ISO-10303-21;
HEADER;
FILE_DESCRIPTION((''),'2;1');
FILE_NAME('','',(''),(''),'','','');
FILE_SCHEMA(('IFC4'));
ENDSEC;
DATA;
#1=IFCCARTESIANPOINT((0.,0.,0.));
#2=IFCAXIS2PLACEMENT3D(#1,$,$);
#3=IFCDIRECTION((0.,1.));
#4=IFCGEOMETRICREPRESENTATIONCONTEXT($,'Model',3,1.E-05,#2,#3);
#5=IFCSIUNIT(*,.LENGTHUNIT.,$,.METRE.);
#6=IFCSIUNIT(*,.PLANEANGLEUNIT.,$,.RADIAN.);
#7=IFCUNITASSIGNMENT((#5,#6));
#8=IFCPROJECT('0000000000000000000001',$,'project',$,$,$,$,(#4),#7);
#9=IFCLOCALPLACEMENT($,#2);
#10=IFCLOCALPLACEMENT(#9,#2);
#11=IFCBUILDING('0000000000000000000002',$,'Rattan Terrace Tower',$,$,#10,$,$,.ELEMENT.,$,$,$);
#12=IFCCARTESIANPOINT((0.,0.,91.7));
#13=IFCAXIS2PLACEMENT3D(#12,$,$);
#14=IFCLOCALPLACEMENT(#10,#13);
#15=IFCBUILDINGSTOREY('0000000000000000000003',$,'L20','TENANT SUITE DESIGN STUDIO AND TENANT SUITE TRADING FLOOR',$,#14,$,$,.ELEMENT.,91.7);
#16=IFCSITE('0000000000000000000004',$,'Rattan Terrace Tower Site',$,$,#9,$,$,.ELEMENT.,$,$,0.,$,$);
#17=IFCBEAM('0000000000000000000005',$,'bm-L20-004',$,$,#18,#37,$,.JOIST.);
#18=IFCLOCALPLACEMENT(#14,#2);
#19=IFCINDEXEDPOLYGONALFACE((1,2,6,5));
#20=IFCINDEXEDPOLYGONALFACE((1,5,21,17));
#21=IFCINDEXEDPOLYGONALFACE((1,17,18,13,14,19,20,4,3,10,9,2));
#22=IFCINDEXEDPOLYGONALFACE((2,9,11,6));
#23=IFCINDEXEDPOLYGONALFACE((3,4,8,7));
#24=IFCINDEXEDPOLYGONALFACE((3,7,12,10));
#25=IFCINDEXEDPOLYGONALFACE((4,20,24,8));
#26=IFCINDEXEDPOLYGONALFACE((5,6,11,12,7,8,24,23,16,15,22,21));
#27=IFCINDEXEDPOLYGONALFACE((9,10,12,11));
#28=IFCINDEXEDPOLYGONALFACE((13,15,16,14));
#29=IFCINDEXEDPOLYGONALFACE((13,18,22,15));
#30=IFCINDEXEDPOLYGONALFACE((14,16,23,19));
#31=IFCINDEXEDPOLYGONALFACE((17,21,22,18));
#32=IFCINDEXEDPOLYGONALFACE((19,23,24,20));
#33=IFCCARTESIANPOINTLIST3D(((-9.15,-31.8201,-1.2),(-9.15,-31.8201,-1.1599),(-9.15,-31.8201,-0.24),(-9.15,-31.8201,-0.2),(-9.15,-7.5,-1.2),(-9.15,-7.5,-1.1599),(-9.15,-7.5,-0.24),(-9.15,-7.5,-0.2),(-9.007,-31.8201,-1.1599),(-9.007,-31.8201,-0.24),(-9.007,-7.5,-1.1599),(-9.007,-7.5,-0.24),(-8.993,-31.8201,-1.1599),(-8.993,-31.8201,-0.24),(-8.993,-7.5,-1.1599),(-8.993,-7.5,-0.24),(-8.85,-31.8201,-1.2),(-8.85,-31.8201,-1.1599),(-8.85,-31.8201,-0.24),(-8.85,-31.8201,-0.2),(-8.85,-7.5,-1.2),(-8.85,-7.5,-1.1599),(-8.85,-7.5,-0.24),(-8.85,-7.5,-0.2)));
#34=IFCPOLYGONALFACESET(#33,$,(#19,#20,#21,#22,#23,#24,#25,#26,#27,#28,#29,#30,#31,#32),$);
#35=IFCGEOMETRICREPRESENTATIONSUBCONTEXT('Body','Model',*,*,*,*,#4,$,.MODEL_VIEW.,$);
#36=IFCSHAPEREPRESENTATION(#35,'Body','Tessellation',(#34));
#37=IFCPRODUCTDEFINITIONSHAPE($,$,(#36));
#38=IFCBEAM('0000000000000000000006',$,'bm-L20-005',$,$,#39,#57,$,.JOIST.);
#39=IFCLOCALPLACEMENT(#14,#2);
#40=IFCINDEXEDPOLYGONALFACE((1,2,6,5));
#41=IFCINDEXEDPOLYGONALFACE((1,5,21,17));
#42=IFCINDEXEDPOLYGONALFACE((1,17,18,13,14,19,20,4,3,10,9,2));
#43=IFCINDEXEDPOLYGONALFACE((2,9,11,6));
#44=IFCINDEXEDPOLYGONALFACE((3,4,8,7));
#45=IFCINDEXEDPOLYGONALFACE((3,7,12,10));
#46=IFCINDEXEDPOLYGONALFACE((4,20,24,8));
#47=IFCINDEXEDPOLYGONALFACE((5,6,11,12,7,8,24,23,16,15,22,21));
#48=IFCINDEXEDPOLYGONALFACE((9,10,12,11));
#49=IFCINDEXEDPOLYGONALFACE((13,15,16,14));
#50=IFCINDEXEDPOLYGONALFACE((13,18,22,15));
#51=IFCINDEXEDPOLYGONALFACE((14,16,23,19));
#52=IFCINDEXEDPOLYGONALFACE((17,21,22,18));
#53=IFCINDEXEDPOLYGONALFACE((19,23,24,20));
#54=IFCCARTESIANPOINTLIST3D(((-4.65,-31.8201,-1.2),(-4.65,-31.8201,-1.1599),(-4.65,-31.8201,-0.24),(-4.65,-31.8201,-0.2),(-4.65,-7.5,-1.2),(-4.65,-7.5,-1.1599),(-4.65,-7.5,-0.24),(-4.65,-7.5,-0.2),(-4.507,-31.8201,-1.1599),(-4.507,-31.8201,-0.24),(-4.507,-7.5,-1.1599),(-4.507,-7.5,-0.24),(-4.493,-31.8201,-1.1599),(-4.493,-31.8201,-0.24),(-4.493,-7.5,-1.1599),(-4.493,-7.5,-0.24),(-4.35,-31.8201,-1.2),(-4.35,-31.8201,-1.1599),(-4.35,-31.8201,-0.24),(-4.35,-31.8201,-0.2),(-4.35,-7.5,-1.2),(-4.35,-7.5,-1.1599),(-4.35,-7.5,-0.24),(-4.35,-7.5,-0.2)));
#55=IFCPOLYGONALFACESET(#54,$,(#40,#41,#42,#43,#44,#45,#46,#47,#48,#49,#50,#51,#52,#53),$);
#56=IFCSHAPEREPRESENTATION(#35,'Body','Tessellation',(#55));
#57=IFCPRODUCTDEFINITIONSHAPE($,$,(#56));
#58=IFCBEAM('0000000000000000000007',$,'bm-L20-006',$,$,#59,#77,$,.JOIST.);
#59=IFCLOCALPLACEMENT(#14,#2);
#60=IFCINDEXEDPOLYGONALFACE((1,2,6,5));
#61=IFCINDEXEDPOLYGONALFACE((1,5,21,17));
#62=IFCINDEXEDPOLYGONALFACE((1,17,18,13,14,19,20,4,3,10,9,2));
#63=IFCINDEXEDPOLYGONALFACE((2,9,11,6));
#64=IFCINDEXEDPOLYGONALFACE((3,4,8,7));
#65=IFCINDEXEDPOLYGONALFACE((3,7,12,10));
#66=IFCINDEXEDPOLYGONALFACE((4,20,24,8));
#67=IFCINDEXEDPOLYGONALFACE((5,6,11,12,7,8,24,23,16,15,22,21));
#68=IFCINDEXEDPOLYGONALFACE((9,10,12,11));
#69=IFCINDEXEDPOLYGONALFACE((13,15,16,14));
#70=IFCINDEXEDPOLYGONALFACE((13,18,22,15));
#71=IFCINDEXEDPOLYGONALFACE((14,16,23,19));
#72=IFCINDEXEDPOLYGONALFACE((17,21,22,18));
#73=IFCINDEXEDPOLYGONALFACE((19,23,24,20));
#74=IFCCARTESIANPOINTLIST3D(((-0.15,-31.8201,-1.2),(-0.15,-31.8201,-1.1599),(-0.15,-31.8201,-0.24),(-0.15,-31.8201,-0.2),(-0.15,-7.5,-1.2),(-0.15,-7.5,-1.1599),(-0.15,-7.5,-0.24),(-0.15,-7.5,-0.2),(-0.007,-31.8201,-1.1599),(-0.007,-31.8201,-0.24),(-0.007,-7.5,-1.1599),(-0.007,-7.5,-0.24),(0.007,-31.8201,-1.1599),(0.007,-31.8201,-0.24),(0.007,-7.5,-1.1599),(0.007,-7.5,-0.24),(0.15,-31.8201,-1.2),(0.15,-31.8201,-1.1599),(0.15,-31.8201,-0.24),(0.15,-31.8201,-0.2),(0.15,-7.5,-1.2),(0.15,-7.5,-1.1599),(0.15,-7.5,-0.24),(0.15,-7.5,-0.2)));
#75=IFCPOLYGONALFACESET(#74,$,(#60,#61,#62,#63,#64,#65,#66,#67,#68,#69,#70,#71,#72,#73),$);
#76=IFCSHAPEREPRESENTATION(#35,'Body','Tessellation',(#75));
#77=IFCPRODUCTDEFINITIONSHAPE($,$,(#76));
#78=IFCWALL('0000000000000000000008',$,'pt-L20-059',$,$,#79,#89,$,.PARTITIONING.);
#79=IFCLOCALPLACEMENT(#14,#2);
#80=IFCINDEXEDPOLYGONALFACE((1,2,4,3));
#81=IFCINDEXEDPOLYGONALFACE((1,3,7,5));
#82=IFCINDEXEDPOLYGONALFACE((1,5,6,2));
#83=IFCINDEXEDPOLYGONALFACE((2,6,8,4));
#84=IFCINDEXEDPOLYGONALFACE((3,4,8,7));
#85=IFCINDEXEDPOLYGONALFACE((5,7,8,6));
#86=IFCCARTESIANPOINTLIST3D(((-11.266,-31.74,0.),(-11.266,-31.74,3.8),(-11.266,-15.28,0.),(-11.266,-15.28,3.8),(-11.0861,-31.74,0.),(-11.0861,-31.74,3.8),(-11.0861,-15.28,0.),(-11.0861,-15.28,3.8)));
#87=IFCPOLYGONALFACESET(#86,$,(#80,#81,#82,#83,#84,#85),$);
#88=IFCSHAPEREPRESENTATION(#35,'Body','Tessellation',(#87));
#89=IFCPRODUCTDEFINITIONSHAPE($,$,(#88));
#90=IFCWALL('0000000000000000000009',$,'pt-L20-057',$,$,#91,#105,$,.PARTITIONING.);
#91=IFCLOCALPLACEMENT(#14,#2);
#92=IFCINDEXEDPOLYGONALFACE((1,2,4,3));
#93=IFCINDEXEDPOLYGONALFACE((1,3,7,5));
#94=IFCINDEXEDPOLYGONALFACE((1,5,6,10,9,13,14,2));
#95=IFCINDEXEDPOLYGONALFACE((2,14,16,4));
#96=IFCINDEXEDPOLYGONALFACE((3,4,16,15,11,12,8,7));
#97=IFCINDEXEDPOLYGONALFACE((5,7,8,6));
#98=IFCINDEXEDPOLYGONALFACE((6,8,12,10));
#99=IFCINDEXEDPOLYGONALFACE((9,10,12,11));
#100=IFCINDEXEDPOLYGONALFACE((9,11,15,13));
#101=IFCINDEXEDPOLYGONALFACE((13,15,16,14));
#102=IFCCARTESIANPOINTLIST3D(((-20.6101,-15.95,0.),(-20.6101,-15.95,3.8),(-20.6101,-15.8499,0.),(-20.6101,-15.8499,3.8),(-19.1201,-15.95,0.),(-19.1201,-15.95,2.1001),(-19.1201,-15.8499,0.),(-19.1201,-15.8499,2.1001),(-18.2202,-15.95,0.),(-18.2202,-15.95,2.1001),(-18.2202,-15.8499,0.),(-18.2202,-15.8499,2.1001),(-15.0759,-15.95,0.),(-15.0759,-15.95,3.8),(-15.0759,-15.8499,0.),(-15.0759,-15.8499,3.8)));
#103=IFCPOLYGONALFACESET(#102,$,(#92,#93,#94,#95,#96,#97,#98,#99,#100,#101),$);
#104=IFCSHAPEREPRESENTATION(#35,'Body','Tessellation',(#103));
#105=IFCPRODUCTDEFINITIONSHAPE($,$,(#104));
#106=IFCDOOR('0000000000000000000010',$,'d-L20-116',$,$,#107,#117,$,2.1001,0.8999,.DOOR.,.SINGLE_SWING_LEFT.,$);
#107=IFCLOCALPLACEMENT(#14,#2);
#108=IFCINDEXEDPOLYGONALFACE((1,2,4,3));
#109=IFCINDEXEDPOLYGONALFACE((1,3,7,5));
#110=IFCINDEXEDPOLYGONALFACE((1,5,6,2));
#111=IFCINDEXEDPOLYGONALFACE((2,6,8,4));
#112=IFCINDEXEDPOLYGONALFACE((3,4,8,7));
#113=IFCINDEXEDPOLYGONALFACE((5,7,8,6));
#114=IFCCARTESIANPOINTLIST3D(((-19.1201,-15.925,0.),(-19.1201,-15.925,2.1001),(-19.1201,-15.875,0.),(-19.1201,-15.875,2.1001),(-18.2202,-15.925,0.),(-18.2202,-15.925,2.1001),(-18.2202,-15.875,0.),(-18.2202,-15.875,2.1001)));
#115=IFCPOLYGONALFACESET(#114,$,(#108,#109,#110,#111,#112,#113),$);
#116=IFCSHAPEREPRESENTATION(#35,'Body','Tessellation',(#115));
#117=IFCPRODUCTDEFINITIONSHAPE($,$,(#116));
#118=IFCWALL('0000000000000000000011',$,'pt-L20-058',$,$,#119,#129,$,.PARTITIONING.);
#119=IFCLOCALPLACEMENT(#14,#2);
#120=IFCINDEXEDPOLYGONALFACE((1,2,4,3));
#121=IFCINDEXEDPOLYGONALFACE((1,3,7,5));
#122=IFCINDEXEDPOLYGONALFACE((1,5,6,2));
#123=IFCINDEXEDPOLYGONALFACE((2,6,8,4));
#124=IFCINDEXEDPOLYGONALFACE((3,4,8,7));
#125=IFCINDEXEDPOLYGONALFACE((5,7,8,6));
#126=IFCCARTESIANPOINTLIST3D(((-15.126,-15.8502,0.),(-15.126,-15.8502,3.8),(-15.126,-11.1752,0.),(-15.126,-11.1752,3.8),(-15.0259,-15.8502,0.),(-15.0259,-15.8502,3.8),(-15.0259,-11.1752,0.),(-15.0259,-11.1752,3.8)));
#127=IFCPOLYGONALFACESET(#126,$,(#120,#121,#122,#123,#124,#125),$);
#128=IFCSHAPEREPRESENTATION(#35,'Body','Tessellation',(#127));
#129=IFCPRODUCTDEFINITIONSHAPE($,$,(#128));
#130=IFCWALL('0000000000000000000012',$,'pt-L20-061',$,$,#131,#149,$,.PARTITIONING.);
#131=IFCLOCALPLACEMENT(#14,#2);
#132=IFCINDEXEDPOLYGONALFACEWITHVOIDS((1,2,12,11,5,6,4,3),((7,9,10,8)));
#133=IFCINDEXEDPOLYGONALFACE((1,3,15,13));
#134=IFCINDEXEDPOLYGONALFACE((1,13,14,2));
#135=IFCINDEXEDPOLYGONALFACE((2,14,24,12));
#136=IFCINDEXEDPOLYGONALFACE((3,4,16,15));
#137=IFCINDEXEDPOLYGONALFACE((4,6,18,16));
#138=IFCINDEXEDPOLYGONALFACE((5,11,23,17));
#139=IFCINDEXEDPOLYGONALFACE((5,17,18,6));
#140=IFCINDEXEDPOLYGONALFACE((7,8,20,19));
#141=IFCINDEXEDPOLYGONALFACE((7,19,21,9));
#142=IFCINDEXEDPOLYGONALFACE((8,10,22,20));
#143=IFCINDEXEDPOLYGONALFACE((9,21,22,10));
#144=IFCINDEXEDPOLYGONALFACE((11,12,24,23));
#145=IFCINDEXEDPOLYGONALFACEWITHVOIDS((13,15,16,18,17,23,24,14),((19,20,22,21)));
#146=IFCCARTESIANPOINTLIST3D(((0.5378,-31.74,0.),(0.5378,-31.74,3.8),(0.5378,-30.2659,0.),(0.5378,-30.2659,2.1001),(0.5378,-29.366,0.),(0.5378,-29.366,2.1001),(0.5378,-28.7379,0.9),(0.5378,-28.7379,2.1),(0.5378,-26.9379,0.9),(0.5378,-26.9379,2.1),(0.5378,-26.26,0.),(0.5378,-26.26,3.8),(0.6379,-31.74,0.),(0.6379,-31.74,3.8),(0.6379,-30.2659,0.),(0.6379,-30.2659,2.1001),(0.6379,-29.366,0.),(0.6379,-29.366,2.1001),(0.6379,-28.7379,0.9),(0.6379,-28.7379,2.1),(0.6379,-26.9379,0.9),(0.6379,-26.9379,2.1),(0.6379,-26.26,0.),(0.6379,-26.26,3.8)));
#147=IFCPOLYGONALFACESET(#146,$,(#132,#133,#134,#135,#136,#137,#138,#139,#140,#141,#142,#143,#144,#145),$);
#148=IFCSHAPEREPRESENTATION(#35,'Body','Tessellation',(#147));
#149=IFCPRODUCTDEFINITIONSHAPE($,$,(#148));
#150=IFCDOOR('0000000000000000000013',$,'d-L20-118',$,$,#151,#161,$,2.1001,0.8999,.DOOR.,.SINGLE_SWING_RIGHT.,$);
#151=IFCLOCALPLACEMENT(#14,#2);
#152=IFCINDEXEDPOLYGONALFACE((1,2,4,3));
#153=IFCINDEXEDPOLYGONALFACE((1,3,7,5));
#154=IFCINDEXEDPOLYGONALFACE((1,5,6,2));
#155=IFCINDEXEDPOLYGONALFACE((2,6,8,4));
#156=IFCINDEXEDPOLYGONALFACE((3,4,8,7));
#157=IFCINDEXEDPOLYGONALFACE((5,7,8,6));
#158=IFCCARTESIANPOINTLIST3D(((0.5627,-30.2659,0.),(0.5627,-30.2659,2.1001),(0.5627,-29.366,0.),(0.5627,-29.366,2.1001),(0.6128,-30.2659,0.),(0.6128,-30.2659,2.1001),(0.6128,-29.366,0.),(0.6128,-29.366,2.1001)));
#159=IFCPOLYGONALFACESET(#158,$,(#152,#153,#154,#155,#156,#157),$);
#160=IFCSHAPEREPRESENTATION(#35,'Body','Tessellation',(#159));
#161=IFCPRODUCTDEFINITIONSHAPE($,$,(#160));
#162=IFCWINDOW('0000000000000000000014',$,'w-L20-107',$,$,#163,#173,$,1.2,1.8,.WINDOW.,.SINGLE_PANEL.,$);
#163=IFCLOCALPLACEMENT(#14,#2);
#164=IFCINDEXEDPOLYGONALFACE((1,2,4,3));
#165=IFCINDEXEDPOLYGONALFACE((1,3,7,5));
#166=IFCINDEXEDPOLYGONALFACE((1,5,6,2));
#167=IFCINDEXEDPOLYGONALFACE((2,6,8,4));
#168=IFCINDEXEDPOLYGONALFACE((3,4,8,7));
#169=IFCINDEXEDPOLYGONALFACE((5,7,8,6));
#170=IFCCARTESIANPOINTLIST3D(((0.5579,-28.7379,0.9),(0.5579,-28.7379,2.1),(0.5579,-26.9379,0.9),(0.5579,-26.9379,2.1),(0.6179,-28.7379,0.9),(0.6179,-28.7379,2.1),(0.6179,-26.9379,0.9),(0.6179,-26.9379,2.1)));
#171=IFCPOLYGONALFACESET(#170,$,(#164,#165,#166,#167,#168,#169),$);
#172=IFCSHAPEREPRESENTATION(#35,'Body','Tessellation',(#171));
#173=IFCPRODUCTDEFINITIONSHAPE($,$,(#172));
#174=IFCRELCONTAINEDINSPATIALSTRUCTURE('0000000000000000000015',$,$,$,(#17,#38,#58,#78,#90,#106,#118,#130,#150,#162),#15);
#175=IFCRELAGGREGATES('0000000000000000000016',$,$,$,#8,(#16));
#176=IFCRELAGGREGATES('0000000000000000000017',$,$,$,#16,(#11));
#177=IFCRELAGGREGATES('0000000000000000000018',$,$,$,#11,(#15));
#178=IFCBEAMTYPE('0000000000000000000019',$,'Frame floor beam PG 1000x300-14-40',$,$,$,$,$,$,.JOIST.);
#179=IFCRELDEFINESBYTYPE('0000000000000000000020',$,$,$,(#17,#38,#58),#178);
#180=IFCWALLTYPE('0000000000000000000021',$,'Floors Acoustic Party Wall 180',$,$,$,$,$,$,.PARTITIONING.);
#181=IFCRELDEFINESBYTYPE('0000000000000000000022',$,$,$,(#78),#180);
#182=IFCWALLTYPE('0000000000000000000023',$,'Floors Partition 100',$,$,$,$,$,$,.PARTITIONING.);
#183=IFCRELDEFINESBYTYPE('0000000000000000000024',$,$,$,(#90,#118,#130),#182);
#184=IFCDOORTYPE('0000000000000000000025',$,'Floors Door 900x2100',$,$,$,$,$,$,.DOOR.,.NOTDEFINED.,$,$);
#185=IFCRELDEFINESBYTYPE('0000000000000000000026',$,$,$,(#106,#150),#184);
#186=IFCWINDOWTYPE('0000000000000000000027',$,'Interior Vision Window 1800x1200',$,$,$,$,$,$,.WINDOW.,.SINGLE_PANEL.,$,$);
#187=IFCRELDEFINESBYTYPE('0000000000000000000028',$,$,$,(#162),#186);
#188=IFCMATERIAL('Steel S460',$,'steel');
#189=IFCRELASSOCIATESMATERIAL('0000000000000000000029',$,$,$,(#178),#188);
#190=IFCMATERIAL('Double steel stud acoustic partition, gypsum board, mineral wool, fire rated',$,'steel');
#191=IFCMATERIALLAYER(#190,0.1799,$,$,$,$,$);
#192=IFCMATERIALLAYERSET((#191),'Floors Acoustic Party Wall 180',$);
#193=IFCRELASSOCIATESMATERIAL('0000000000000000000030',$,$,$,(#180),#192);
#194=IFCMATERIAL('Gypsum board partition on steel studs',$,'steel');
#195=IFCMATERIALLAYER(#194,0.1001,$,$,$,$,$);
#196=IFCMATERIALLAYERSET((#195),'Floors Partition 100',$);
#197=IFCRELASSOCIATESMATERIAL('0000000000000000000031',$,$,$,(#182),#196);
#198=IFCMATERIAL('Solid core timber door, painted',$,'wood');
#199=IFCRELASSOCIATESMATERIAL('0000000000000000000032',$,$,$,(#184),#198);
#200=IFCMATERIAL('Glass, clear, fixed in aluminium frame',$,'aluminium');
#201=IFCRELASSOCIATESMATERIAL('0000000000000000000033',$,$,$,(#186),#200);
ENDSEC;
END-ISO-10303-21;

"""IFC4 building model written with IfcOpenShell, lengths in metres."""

from ifc_helpers import new_model, si_unit, direction, frame, frame_2d, origin, origin_2d, place, context, subcontext, project, spatial, rectangle, i_section, extrude, material, layer, layer_set, material_profile, profile_set, type_object, element, fill, save


model = new_model("IFC4")

# Units and contexts
model_context = context("Model", 3, precision=1e-05, world=origin(), true_north=direction((0.0, 1.0)))
body_context = subcontext(model_context, "Body", "Model", "MODEL_VIEW")
ifc_project = project(units=[si_unit("LENGTHUNIT", "METRE"), si_unit("PLANEANGLEUNIT", "RADIAN")], contexts=[model_context])

# Site, building, storey
site_placement = place(None, origin())
site = spatial("IfcSite", under=ifc_project, at=site_placement, Name="Rattan Terrace Tower Site", CompositionType="ELEMENT", RefElevation=0.0)
building_placement = place(site_placement, origin())
building = spatial("IfcBuilding", under=site, at=building_placement, Name="Rattan Terrace Tower", CompositionType="ELEMENT")
storey_placement = place(building_placement, frame((0.0, 0.0, 91.7)))
storey = spatial("IfcBuildingStorey", under=building, at=storey_placement, Name="L20", Description="TENANT SUITE DESIGN STUDIO AND TENANT SUITE TRADING FLOOR", CompositionType="ELEMENT", Elevation=91.7)

# Beams
ifc_material_1 = material(Name="Steel S460", Category="steel")
ifc_material_profile = material_profile(ifc_material_1, i_section(OverallWidth=0.3, OverallDepth=1.0, WebThickness=0.0139, FlangeThickness=0.04, at=origin_2d()), Name="PG 1000x300-14-40")
ifc_profile_set = profile_set([ifc_material_profile], Name="Steel S460")
beam_type = type_object("IfcBeamType", Name="Frame floor beam PG 1000x300-14-40", PredefinedType="JOIST", material=ifc_profile_set)
for number, where, z_axis, x_axis, name in (
    (1, (-9.0, -31.8201, -0.7), (0.0, 1.0, 0.0), (-1.0, 0.0, 0.0), "bm-L20-004"),
    (2, (-4.5, -31.8201, -0.7), (0.0, 1.0, 0.0), (-1.0, 0.0, 0.0), "bm-L20-005"),
    (3, (0.0, -31.8201, -0.7), (0.0, 1.0, 0.0), (-1.0, 0.0, 0.0), "bm-L20-006"),
):
    element("IfcBeam", number, at=place(storey_placement, frame(where, z_axis=z_axis, x_axis=x_axis)), inside=storey, type_object=beam_type, Name=name, PredefinedType="JOIST", context=body_context, shape_type="SweptSolid", body=[
        extrude(i_section(OverallWidth=0.3, OverallDepth=1.0, WebThickness=0.0139, FlangeThickness=0.04, at=origin_2d()), origin(), (0.0, 0.0, 1.0), 24.3201),
    ])

# Wall
ifc_material_2 = material(Name="Double steel stud acoustic partition, gypsum board, mineral wool, fire rated", Category="steel")
ifc_layer_1 = layer(ifc_material_2, 0.1799)
ifc_layer_set_1 = layer_set([ifc_layer_1], Name="Floors Acoustic Party Wall 180")
wall_type_1 = type_object("IfcWallType", Name="Floors Acoustic Party Wall 180", PredefinedType="PARTITIONING", material=ifc_layer_set_1)
wall_1_placement = place(storey_placement, frame((-11.176, -15.28, 0.0), z_axis=(0.0, 0.0, 1.0), x_axis=(0.0, -1.0, 0.0)))
element("IfcWall", 4, at=wall_1_placement, inside=storey, type_object=wall_type_1, Name="pt-L20-059", PredefinedType="PARTITIONING", context=body_context, shape_type="SweptSolid", body=[
    extrude(rectangle(XDim=16.46, YDim=0.1799, at=frame_2d((8.23, 0.0))), origin(), (0.0, 0.0, 1.0), 3.8),
])

# Wall, opening, door
ifc_material_3 = material(Name="Gypsum board partition on steel studs", Category="steel")
ifc_layer_2 = layer(ifc_material_3, 0.1001)
ifc_layer_set_2 = layer_set([ifc_layer_2], Name="Floors Partition 100")
wall_type_2 = type_object("IfcWallType", Name="Floors Partition 100", PredefinedType="PARTITIONING", material=ifc_layer_set_2)
wall_2_placement = place(storey_placement, frame((-20.6101, -15.8999, 0.0), z_axis=(0.0, 0.0, 1.0), x_axis=(1.0, 0.0, 0.0)))
wall_2 = element("IfcWall", 5, at=wall_2_placement, inside=storey, type_object=wall_type_2, Name="pt-L20-057", PredefinedType="PARTITIONING", context=body_context, shape_type="SweptSolid", body=[
    extrude(rectangle(XDim=5.5342, YDim=0.1001, at=frame_2d((2.7671, 0.0))), origin(), (0.0, 0.0, 1.0), 3.8),
])
opening_1_placement = place(wall_2_placement, frame((1.49, 0.0, 0.0)))
opening_1 = element("IfcOpeningElement", 6, at=opening_1_placement, cuts=wall_2, PredefinedType="OPENING", context=body_context, shape_type="SweptSolid", body=[
    extrude(rectangle(XDim=0.8999, YDim=2.1001, at=frame_2d((0.45, 1.05))), frame((0.0, 0.0605, 0.0), z_axis=(0.0, -1.0, 0.0), x_axis=(1.0, 0.0, 0.0)), (0.0, 0.0, 1.0), 0.1211),
])
ifc_material_4 = material(Name="Solid core timber door, painted", Category="wood")
door_type = type_object("IfcDoorType", Name="Floors Door 900x2100", OperationType="NOTDEFINED", PredefinedType="DOOR", material=ifc_material_4)
door_1_placement = place(opening_1_placement, origin())
door_1 = element("IfcDoor", 7, at=door_1_placement, inside=storey, type_object=door_type, Name="d-L20-116", OperationType="SINGLE_SWING_LEFT", OverallHeight=2.1001, OverallWidth=0.8999, PredefinedType="DOOR", context=body_context, shape_type="SweptSolid", body=[
    extrude(rectangle(XDim=0.8999, YDim=2.1001, at=frame_2d((0.45, 1.05))), frame((0.0, 0.0249, 0.0), z_axis=(0.0, -1.0, 0.0), x_axis=(1.0, 0.0, 0.0)), (0.0, 0.0, 1.0), 0.05),
])
fill(opening_1, door_1)

# Wall
wall_3_placement = place(storey_placement, frame((-15.0759, -15.8501, 0.0), z_axis=(0.0, 0.0, 1.0), x_axis=(0.0, 1.0, 0.0)))
element("IfcWall", 8, at=wall_3_placement, inside=storey, type_object=wall_type_2, Name="pt-L20-058", PredefinedType="PARTITIONING", context=body_context, shape_type="SweptSolid", body=[
    extrude(rectangle(XDim=4.675, YDim=0.1001, at=frame_2d((2.3374, 0.0))), origin(), (0.0, 0.0, 1.0), 3.8),
])

# Wall, openings, door, window
wall_4_placement = place(storey_placement, frame((0.5879, -26.26, 0.0), z_axis=(0.0, 0.0, 1.0), x_axis=(0.0, -1.0, 0.0)))
wall_4 = element("IfcWall", 9, at=wall_4_placement, inside=storey, type_object=wall_type_2, Name="pt-L20-061", PredefinedType="PARTITIONING", context=body_context, shape_type="SweptSolid", body=[
    extrude(rectangle(XDim=5.48, YDim=0.1001, at=frame_2d((2.74, 0.0))), origin(), (0.0, 0.0, 1.0), 3.8),
])
opening_2_placement = place(wall_4_placement, frame((3.106, 0.0, 0.0)))
opening_2 = element("IfcOpeningElement", 10, at=opening_2_placement, cuts=wall_4, PredefinedType="OPENING", context=body_context, shape_type="SweptSolid", body=[
    extrude(rectangle(XDim=0.8999, YDim=2.1001, at=frame_2d((0.45, 1.05))), frame((0.0, 0.0605, 0.0), z_axis=(0.0, -1.0, 0.0), x_axis=(1.0, 0.0, 0.0)), (0.0, 0.0, 1.0), 0.1211),
])
opening_3_placement = place(wall_4_placement, frame((0.678, 0.0, 0.8999)))
opening_3 = element("IfcOpeningElement", 11, at=opening_3_placement, cuts=wall_4, PredefinedType="OPENING", context=body_context, shape_type="SweptSolid", body=[
    extrude(rectangle(XDim=1.8, YDim=1.2, at=frame_2d((0.8999, 0.6001))), frame((0.0, 0.0605, 0.0), z_axis=(0.0, -1.0, 0.0), x_axis=(1.0, 0.0, 0.0)), (0.0, 0.0, 1.0), 0.1211),
])
door_2_placement = place(opening_2_placement, origin())
door_2 = element("IfcDoor", 12, at=door_2_placement, inside=storey, type_object=door_type, Name="d-L20-118", OperationType="SINGLE_SWING_RIGHT", OverallHeight=2.1001, OverallWidth=0.8999, PredefinedType="DOOR", context=body_context, shape_type="SweptSolid", body=[
    extrude(rectangle(XDim=0.8999, YDim=2.1001, at=frame_2d((0.45, 1.05))), frame((0.0, 0.0249, 0.0), z_axis=(0.0, -1.0, 0.0), x_axis=(1.0, 0.0, 0.0)), (0.0, 0.0, 1.0), 0.05),
])
fill(opening_2, door_2)
ifc_material_5 = material(Name="Glass, clear, fixed in aluminium frame", Category="aluminium")
window_type = type_object("IfcWindowType", Name="Interior Vision Window 1800x1200", PartitioningType="SINGLE_PANEL", PredefinedType="WINDOW", material=ifc_material_5)
window_placement = place(opening_3_placement, origin())
window = element("IfcWindow", 13, at=window_placement, inside=storey, type_object=window_type, Name="w-L20-107", OverallHeight=1.2, OverallWidth=1.8, PartitioningType="SINGLE_PANEL", PredefinedType="WINDOW", context=body_context, shape_type="SweptSolid", body=[
    extrude(rectangle(XDim=1.8, YDim=1.2, at=frame_2d((0.8999, 0.6001))), frame((0.0, 0.03, 0.0), z_axis=(0.0, -1.0, 0.0), x_axis=(1.0, 0.0, 0.0)), (0.0, 0.0, 1.0), 0.0601),
])
fill(opening_3, window)

save(model, "model.ifc")
